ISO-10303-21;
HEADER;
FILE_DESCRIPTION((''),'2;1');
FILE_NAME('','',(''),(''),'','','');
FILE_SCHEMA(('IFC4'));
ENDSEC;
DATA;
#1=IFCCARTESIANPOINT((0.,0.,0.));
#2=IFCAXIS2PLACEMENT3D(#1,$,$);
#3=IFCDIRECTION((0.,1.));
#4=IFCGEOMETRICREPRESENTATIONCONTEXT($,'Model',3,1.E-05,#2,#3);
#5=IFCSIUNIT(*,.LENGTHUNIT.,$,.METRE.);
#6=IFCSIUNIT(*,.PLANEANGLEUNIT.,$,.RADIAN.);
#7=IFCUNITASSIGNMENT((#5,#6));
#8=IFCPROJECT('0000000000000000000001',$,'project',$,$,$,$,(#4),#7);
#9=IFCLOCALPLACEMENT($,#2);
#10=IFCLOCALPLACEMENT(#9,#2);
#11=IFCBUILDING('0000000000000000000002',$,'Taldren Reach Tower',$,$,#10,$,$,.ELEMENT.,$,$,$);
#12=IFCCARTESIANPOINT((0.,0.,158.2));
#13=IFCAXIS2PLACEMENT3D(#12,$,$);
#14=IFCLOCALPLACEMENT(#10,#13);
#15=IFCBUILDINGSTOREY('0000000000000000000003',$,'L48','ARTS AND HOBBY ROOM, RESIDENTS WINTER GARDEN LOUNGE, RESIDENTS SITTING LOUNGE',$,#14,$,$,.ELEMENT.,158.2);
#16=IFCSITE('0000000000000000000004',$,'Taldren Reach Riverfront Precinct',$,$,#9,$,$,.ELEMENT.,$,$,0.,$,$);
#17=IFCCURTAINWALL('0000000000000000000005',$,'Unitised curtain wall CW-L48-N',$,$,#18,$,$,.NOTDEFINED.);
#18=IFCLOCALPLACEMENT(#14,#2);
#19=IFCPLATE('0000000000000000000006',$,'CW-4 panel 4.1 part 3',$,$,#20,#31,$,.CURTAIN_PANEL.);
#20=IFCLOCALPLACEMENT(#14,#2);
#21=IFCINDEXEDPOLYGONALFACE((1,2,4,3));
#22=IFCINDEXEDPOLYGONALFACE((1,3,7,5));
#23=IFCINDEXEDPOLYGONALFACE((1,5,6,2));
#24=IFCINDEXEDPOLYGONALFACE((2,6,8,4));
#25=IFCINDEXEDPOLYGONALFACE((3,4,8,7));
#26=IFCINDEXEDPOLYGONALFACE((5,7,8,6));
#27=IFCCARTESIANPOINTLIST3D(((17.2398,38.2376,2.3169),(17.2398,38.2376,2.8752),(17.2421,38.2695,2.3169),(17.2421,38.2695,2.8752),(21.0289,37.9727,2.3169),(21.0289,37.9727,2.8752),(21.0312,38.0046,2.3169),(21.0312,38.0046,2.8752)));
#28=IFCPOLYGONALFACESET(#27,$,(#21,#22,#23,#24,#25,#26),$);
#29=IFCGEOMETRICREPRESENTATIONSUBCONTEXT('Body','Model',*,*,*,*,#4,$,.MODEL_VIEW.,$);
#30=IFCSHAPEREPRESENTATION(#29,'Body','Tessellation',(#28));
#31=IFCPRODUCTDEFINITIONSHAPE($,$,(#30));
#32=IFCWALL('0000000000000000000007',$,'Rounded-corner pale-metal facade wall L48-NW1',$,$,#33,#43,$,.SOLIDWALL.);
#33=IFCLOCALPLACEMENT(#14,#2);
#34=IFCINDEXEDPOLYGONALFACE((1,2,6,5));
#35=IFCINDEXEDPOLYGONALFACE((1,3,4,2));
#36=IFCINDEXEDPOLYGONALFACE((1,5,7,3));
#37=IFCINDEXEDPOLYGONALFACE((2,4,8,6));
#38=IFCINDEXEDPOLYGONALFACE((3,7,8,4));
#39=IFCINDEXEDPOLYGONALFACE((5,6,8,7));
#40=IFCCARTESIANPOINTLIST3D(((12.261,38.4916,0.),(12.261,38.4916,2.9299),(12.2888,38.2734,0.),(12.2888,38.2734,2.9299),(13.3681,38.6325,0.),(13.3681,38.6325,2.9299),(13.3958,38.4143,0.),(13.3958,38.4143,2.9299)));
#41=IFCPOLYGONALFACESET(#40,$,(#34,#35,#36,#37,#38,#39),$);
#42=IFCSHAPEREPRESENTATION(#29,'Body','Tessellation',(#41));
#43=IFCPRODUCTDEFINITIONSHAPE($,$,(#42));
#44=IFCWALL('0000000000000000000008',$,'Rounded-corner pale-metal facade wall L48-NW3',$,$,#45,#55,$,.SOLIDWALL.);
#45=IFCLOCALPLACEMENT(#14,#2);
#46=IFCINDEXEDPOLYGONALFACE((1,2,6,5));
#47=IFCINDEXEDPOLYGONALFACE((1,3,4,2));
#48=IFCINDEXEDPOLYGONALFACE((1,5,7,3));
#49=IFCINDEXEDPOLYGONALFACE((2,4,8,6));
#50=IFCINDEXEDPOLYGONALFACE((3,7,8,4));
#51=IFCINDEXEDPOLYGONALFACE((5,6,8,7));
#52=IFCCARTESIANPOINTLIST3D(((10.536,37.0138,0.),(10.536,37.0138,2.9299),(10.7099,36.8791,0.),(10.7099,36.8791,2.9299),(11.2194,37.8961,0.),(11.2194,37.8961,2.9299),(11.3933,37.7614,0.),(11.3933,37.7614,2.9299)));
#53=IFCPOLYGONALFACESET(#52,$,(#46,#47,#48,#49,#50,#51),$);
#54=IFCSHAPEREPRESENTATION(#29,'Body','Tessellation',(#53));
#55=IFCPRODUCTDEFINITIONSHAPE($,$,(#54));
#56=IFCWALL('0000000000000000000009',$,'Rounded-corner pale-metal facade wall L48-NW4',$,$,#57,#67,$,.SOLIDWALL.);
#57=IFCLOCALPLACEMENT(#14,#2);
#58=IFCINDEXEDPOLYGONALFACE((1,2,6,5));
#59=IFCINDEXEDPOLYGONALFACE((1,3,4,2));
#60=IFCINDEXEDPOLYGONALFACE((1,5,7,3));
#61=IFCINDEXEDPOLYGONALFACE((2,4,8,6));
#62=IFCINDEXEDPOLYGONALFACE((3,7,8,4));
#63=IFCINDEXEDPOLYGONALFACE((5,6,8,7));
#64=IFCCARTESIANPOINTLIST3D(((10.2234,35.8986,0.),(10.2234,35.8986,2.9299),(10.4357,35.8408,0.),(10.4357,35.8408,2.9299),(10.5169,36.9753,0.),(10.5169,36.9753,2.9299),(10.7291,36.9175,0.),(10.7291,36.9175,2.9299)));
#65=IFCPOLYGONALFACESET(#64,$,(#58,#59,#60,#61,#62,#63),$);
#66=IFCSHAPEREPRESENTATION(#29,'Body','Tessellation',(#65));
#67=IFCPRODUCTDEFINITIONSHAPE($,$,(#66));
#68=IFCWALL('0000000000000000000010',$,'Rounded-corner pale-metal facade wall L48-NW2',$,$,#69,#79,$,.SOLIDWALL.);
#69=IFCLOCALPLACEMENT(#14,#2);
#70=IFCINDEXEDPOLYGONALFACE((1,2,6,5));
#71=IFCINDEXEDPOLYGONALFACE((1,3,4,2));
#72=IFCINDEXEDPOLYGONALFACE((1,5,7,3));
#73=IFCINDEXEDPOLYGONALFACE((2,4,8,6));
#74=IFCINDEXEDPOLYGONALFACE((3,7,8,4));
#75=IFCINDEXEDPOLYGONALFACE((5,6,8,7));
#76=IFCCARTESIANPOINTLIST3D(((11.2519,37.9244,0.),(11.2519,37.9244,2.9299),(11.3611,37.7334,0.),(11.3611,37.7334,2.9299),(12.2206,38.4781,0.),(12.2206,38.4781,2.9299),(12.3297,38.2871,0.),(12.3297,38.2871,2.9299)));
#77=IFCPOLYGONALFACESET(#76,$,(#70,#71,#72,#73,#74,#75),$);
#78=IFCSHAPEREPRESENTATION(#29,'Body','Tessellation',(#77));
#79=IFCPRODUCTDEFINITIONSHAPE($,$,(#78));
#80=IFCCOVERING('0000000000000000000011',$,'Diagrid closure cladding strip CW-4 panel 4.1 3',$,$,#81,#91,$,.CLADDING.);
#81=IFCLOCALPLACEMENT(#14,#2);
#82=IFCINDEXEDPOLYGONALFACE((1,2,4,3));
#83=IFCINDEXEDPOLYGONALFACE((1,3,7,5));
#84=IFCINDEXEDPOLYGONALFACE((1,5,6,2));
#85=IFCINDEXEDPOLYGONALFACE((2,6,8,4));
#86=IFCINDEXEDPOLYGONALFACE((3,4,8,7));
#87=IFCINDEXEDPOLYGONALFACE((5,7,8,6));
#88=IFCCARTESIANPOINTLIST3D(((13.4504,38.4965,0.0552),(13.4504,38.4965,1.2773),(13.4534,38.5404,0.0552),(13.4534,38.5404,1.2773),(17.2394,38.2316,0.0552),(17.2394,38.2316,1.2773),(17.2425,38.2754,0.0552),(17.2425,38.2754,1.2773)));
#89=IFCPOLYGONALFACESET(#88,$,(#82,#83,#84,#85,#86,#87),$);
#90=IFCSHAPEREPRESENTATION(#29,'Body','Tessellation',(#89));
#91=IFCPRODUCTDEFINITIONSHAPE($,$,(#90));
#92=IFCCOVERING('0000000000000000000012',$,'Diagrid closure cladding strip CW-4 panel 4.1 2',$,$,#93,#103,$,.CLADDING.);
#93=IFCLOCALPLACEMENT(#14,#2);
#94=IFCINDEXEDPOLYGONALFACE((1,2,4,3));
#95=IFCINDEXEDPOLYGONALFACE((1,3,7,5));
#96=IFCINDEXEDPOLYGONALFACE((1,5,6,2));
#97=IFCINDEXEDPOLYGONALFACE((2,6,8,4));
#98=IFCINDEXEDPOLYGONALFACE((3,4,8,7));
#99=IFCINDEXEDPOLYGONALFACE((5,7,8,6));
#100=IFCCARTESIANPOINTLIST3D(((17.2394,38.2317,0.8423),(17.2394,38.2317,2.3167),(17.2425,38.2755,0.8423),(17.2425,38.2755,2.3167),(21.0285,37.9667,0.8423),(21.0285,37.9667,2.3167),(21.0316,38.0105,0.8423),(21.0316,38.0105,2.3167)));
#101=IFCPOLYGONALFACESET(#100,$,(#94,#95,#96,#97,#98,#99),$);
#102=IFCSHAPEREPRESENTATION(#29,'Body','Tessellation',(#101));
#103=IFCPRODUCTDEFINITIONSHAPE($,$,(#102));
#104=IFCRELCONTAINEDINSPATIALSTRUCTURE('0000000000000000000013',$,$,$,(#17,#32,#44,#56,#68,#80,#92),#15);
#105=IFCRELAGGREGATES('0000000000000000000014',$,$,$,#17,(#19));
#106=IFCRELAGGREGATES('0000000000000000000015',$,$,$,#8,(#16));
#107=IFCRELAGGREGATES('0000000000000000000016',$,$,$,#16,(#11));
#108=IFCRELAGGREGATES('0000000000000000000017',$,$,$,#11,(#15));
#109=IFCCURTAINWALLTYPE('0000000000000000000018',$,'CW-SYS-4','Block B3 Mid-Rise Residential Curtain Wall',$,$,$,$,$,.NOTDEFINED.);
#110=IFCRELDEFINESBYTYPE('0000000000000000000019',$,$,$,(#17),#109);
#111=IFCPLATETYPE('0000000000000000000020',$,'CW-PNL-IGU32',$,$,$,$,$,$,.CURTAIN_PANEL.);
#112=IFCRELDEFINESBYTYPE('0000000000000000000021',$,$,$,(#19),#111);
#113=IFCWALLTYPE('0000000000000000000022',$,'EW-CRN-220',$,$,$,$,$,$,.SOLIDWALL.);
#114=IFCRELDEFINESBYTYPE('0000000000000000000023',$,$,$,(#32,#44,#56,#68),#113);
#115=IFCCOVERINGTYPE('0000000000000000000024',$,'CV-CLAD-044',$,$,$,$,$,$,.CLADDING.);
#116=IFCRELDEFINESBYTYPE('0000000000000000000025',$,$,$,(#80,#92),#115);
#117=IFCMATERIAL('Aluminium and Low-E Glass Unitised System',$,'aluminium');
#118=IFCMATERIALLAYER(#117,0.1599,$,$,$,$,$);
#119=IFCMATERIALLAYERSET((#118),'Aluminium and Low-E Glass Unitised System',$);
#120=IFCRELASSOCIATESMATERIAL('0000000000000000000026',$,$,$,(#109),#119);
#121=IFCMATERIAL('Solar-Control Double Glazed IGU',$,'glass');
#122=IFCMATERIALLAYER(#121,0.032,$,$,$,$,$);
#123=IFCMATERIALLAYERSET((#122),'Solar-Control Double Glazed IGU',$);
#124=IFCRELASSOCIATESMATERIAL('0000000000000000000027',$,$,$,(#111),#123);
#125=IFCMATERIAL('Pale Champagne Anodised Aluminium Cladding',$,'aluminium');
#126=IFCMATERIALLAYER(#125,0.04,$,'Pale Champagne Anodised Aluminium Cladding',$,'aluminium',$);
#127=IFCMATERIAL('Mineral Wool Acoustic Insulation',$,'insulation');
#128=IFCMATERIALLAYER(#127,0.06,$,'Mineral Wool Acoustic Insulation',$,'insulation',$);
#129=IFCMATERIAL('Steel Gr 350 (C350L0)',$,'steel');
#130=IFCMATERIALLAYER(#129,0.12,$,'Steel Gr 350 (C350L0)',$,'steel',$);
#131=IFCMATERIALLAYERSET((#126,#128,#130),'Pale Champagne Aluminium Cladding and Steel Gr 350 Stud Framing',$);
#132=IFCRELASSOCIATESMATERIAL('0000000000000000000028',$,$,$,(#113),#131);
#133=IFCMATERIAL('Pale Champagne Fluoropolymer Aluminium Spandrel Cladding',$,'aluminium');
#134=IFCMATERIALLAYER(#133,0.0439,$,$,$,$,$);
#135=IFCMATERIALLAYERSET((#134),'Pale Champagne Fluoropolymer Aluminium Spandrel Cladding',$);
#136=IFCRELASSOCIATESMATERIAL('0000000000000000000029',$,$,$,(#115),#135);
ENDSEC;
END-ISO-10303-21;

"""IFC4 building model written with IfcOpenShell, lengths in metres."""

from ifc_helpers import new_model, si_unit, direction, frame, frame_2d, origin, origin_2d, place, context, subcontext, project, spatial, rectangle, extrude, source, transform, mapped, material, layer, layer_set, type_object, element, aggregate, save


model = new_model("IFC4")

# Units and contexts
model_context = context("Model", 3, precision=1e-05, world=origin(), true_north=direction((0.0, 1.0)))
body_context = subcontext(model_context, "Body", "Model", "MODEL_VIEW")
ifc_project = project(units=[si_unit("LENGTHUNIT", "METRE"), si_unit("PLANEANGLEUNIT", "RADIAN")], contexts=[model_context])

# Site, building, storey
site_placement = place(None, origin())
site = spatial("IfcSite", under=ifc_project, at=site_placement, Name="Taldren Reach Riverfront Precinct", CompositionType="ELEMENT", RefElevation=0.0)
building_placement = place(site_placement, origin())
building = spatial("IfcBuilding", under=site, at=building_placement, Name="Taldren Reach Tower", CompositionType="ELEMENT")
storey_placement = place(building_placement, frame((0.0, 0.0, 158.2)))
storey = spatial("IfcBuildingStorey", under=building, at=storey_placement, Name="L48", Description="ARTS AND HOBBY ROOM, RESIDENTS WINTER GARDEN LOUNGE, RESIDENTS SITTING LOUNGE", CompositionType="ELEMENT", Elevation=158.2)

# Shared definitions
ifc_material_1 = material(Name="Steel Gr 350 (C350L0)", Category="steel")

# Shared definitions
ifc_material_2 = material(Name="Aluminium and Low-E Glass Unitised System", Category="aluminium")
ifc_layer_1 = layer(ifc_material_2, 0.1599)
ifc_layer_set_1 = layer_set([ifc_layer_1], Name="Aluminium and Low-E Glass Unitised System")
curtain_wall_type = type_object("IfcCurtainWallType", Name="CW-SYS-4", Description="Block B3 Mid-Rise Residential Curtain Wall", PredefinedType="NOTDEFINED", material=ifc_layer_set_1)

# Curtain wall
curtain_wall_1_placement = place(storey_placement, origin())
curtain_wall_1 = element("IfcCurtainWall", 1, at=curtain_wall_1_placement, inside=storey, type_object=curtain_wall_type, Name="Unitised curtain wall CW-L48-N", PredefinedType="NOTDEFINED")

# Plate
ifc_material_3 = material(Name="Solar-Control Double Glazed IGU", Category="glass")
ifc_layer_2 = layer(ifc_material_3, 0.032)
ifc_layer_set_2 = layer_set([ifc_layer_2], Name="Solar-Control Double Glazed IGU")
plate_type_1 = type_object("IfcPlateType", Name="CW-PNL-IGU32", PredefinedType="CURTAIN_PANEL", material=ifc_layer_set_2)
shared_shape_1 = source(origin(), body_context, "Body", "SweptSolid", [
    extrude(rectangle(XDim=3.7983, YDim=0.032, at=origin_2d()), origin(), (0.0, 0.0, 1.0), 0.5583),
])
plate_1_placement = place(storey_placement, frame((19.1355, 38.1211, 2.3169), z_axis=(0.0, 0.0, 1.0), x_axis=(-0.997564, 0.069757, 0.0)))
plate_1 = element("IfcPlate", 2, at=plate_1_placement, type_object=plate_type_1, Name="CW-4 panel 4.1 part 3", PredefinedType="CURTAIN_PANEL", context=body_context, shape_type="MappedRepresentation", body=[
    mapped(shared_shape_1, transform((0.0, 0.0, 0.0), scale=1.0)),
])
aggregate(curtain_wall_1, [plate_1])

# Walls
ifc_material_4 = material(Name="Pale Champagne Anodised Aluminium Cladding", Category="aluminium")
ifc_layer_3 = layer(ifc_material_4, 0.04, Name="Pale Champagne Anodised Aluminium Cladding", Category="aluminium")
ifc_material_5 = material(Name="Mineral Wool Acoustic Insulation", Category="insulation")
ifc_layer_4 = layer(ifc_material_5, 0.06, Name="Mineral Wool Acoustic Insulation", Category="insulation")
ifc_layer_5 = layer(ifc_material_1, 0.12, Name="Steel Gr 350 (C350L0)", Category="steel")
ifc_layer_set_3 = layer_set([ifc_layer_3, ifc_layer_4, ifc_layer_5], Name="Pale Champagne Aluminium Cladding and Steel Gr 350 Stud Framing")
wall_type = type_object("IfcWallType", Name="EW-CRN-220", PredefinedType="SOLIDWALL", material=ifc_layer_set_3)
shared_shape_2 = source(origin(), body_context, "Body", "SweptSolid", [
    extrude(rectangle(XDim=1.116, YDim=0.22, at=frame_2d((0.5581, 0.0))), origin(), (0.0, 0.0, 1.0), 2.9299),
])
for number, where, z_axis, x_axis, name in (
    (3, (13.3821, 38.5234, 0.0), (0.0, 0.0, 1.0), (-0.991999, -0.126243, 0.0), "Rounded-corner pale-metal facade wall L48-NW1"),
    (4, (11.3064, 37.8289, 0.0), (0.0, 0.0, 1.0), (-0.612319, -0.790611, 0.0), "Rounded-corner pale-metal facade wall L48-NW3"),
    (5, (10.623, 36.9465, 0.0), (0.0, 0.0, 1.0), (-0.262969, -0.964804, 0.0), "Rounded-corner pale-metal facade wall L48-NW4"),
):
    element("IfcWall", number, at=place(storey_placement, frame(where, z_axis=z_axis, x_axis=x_axis)), inside=storey, type_object=wall_type, Name=name, PredefinedType="SOLIDWALL", context=body_context, shape_type="MappedRepresentation", body=[
        mapped(shared_shape_2, transform((0.0, 0.0, 0.0), scale=1.0)),
    ])
shared_shape_3 = source(origin(), body_context, "Body", "SweptSolid", [
    extrude(rectangle(XDim=1.1157, YDim=0.22, at=frame_2d((0.5579, 0.0))), origin(), (0.0, 0.0, 1.0), 2.9299),
])
wall_placement = place(storey_placement, frame((12.2751, 38.3826, 0.0), z_axis=(0.0, 0.0, 1.0), x_axis=(-0.868189, -0.496233, 0.0)))
element("IfcWall", 6, at=wall_placement, inside=storey, type_object=wall_type, Name="Rounded-corner pale-metal facade wall L48-NW2", PredefinedType="SOLIDWALL", context=body_context, shape_type="MappedRepresentation", body=[
    mapped(shared_shape_3, transform((0.0, 0.0, 0.0), scale=1.0)),
])

# Coverings
ifc_material_6 = material(Name="Pale Champagne Fluoropolymer Aluminium Spandrel Cladding", Category="aluminium")
ifc_layer_6 = layer(ifc_material_6, 0.0439)
ifc_layer_set_4 = layer_set([ifc_layer_6], Name="Pale Champagne Fluoropolymer Aluminium Spandrel Cladding")
covering_type = type_object("IfcCoveringType", Name="CV-CLAD-044", PredefinedType="CLADDING", material=ifc_layer_set_4)
shared_shape_4 = source(origin(), body_context, "Body", "SweptSolid", [
    extrude(rectangle(XDim=3.7983, YDim=0.0439, at=origin_2d()), origin(), (0.0, 0.0, 1.0), 1.2222),
])
covering_1_placement = place(storey_placement, frame((15.3464, 38.386, 0.0552), z_axis=(0.0, 0.0, 1.0), x_axis=(-0.997564, 0.069757, 0.0)))
element("IfcCovering", 7, at=covering_1_placement, inside=storey, type_object=covering_type, Name="Diagrid closure cladding strip CW-4 panel 4.1 3", PredefinedType="CLADDING", context=body_context, shape_type="MappedRepresentation", body=[
    mapped(shared_shape_4, transform((0.0, 0.0, 0.0), scale=1.0)),
])
shared_shape_5 = source(origin(), body_context, "Body", "SweptSolid", [
    extrude(rectangle(XDim=3.7983, YDim=0.0439, at=origin_2d()), origin(), (0.0, 0.0, 1.0), 1.4744),
])
covering_2_placement = place(storey_placement, frame((19.1355, 38.1211, 0.8423), z_axis=(0.0, 0.0, 1.0), x_axis=(-0.997564, 0.069757, 0.0)))
element("IfcCovering", 8, at=covering_2_placement, inside=storey, type_object=covering_type, Name="Diagrid closure cladding strip CW-4 panel 4.1 2", PredefinedType="CLADDING", context=body_context, shape_type="MappedRepresentation", body=[
    mapped(shared_shape_5, transform((0.0, 0.0, 0.0), scale=1.0)),
])

save(model, "model.ifc")
